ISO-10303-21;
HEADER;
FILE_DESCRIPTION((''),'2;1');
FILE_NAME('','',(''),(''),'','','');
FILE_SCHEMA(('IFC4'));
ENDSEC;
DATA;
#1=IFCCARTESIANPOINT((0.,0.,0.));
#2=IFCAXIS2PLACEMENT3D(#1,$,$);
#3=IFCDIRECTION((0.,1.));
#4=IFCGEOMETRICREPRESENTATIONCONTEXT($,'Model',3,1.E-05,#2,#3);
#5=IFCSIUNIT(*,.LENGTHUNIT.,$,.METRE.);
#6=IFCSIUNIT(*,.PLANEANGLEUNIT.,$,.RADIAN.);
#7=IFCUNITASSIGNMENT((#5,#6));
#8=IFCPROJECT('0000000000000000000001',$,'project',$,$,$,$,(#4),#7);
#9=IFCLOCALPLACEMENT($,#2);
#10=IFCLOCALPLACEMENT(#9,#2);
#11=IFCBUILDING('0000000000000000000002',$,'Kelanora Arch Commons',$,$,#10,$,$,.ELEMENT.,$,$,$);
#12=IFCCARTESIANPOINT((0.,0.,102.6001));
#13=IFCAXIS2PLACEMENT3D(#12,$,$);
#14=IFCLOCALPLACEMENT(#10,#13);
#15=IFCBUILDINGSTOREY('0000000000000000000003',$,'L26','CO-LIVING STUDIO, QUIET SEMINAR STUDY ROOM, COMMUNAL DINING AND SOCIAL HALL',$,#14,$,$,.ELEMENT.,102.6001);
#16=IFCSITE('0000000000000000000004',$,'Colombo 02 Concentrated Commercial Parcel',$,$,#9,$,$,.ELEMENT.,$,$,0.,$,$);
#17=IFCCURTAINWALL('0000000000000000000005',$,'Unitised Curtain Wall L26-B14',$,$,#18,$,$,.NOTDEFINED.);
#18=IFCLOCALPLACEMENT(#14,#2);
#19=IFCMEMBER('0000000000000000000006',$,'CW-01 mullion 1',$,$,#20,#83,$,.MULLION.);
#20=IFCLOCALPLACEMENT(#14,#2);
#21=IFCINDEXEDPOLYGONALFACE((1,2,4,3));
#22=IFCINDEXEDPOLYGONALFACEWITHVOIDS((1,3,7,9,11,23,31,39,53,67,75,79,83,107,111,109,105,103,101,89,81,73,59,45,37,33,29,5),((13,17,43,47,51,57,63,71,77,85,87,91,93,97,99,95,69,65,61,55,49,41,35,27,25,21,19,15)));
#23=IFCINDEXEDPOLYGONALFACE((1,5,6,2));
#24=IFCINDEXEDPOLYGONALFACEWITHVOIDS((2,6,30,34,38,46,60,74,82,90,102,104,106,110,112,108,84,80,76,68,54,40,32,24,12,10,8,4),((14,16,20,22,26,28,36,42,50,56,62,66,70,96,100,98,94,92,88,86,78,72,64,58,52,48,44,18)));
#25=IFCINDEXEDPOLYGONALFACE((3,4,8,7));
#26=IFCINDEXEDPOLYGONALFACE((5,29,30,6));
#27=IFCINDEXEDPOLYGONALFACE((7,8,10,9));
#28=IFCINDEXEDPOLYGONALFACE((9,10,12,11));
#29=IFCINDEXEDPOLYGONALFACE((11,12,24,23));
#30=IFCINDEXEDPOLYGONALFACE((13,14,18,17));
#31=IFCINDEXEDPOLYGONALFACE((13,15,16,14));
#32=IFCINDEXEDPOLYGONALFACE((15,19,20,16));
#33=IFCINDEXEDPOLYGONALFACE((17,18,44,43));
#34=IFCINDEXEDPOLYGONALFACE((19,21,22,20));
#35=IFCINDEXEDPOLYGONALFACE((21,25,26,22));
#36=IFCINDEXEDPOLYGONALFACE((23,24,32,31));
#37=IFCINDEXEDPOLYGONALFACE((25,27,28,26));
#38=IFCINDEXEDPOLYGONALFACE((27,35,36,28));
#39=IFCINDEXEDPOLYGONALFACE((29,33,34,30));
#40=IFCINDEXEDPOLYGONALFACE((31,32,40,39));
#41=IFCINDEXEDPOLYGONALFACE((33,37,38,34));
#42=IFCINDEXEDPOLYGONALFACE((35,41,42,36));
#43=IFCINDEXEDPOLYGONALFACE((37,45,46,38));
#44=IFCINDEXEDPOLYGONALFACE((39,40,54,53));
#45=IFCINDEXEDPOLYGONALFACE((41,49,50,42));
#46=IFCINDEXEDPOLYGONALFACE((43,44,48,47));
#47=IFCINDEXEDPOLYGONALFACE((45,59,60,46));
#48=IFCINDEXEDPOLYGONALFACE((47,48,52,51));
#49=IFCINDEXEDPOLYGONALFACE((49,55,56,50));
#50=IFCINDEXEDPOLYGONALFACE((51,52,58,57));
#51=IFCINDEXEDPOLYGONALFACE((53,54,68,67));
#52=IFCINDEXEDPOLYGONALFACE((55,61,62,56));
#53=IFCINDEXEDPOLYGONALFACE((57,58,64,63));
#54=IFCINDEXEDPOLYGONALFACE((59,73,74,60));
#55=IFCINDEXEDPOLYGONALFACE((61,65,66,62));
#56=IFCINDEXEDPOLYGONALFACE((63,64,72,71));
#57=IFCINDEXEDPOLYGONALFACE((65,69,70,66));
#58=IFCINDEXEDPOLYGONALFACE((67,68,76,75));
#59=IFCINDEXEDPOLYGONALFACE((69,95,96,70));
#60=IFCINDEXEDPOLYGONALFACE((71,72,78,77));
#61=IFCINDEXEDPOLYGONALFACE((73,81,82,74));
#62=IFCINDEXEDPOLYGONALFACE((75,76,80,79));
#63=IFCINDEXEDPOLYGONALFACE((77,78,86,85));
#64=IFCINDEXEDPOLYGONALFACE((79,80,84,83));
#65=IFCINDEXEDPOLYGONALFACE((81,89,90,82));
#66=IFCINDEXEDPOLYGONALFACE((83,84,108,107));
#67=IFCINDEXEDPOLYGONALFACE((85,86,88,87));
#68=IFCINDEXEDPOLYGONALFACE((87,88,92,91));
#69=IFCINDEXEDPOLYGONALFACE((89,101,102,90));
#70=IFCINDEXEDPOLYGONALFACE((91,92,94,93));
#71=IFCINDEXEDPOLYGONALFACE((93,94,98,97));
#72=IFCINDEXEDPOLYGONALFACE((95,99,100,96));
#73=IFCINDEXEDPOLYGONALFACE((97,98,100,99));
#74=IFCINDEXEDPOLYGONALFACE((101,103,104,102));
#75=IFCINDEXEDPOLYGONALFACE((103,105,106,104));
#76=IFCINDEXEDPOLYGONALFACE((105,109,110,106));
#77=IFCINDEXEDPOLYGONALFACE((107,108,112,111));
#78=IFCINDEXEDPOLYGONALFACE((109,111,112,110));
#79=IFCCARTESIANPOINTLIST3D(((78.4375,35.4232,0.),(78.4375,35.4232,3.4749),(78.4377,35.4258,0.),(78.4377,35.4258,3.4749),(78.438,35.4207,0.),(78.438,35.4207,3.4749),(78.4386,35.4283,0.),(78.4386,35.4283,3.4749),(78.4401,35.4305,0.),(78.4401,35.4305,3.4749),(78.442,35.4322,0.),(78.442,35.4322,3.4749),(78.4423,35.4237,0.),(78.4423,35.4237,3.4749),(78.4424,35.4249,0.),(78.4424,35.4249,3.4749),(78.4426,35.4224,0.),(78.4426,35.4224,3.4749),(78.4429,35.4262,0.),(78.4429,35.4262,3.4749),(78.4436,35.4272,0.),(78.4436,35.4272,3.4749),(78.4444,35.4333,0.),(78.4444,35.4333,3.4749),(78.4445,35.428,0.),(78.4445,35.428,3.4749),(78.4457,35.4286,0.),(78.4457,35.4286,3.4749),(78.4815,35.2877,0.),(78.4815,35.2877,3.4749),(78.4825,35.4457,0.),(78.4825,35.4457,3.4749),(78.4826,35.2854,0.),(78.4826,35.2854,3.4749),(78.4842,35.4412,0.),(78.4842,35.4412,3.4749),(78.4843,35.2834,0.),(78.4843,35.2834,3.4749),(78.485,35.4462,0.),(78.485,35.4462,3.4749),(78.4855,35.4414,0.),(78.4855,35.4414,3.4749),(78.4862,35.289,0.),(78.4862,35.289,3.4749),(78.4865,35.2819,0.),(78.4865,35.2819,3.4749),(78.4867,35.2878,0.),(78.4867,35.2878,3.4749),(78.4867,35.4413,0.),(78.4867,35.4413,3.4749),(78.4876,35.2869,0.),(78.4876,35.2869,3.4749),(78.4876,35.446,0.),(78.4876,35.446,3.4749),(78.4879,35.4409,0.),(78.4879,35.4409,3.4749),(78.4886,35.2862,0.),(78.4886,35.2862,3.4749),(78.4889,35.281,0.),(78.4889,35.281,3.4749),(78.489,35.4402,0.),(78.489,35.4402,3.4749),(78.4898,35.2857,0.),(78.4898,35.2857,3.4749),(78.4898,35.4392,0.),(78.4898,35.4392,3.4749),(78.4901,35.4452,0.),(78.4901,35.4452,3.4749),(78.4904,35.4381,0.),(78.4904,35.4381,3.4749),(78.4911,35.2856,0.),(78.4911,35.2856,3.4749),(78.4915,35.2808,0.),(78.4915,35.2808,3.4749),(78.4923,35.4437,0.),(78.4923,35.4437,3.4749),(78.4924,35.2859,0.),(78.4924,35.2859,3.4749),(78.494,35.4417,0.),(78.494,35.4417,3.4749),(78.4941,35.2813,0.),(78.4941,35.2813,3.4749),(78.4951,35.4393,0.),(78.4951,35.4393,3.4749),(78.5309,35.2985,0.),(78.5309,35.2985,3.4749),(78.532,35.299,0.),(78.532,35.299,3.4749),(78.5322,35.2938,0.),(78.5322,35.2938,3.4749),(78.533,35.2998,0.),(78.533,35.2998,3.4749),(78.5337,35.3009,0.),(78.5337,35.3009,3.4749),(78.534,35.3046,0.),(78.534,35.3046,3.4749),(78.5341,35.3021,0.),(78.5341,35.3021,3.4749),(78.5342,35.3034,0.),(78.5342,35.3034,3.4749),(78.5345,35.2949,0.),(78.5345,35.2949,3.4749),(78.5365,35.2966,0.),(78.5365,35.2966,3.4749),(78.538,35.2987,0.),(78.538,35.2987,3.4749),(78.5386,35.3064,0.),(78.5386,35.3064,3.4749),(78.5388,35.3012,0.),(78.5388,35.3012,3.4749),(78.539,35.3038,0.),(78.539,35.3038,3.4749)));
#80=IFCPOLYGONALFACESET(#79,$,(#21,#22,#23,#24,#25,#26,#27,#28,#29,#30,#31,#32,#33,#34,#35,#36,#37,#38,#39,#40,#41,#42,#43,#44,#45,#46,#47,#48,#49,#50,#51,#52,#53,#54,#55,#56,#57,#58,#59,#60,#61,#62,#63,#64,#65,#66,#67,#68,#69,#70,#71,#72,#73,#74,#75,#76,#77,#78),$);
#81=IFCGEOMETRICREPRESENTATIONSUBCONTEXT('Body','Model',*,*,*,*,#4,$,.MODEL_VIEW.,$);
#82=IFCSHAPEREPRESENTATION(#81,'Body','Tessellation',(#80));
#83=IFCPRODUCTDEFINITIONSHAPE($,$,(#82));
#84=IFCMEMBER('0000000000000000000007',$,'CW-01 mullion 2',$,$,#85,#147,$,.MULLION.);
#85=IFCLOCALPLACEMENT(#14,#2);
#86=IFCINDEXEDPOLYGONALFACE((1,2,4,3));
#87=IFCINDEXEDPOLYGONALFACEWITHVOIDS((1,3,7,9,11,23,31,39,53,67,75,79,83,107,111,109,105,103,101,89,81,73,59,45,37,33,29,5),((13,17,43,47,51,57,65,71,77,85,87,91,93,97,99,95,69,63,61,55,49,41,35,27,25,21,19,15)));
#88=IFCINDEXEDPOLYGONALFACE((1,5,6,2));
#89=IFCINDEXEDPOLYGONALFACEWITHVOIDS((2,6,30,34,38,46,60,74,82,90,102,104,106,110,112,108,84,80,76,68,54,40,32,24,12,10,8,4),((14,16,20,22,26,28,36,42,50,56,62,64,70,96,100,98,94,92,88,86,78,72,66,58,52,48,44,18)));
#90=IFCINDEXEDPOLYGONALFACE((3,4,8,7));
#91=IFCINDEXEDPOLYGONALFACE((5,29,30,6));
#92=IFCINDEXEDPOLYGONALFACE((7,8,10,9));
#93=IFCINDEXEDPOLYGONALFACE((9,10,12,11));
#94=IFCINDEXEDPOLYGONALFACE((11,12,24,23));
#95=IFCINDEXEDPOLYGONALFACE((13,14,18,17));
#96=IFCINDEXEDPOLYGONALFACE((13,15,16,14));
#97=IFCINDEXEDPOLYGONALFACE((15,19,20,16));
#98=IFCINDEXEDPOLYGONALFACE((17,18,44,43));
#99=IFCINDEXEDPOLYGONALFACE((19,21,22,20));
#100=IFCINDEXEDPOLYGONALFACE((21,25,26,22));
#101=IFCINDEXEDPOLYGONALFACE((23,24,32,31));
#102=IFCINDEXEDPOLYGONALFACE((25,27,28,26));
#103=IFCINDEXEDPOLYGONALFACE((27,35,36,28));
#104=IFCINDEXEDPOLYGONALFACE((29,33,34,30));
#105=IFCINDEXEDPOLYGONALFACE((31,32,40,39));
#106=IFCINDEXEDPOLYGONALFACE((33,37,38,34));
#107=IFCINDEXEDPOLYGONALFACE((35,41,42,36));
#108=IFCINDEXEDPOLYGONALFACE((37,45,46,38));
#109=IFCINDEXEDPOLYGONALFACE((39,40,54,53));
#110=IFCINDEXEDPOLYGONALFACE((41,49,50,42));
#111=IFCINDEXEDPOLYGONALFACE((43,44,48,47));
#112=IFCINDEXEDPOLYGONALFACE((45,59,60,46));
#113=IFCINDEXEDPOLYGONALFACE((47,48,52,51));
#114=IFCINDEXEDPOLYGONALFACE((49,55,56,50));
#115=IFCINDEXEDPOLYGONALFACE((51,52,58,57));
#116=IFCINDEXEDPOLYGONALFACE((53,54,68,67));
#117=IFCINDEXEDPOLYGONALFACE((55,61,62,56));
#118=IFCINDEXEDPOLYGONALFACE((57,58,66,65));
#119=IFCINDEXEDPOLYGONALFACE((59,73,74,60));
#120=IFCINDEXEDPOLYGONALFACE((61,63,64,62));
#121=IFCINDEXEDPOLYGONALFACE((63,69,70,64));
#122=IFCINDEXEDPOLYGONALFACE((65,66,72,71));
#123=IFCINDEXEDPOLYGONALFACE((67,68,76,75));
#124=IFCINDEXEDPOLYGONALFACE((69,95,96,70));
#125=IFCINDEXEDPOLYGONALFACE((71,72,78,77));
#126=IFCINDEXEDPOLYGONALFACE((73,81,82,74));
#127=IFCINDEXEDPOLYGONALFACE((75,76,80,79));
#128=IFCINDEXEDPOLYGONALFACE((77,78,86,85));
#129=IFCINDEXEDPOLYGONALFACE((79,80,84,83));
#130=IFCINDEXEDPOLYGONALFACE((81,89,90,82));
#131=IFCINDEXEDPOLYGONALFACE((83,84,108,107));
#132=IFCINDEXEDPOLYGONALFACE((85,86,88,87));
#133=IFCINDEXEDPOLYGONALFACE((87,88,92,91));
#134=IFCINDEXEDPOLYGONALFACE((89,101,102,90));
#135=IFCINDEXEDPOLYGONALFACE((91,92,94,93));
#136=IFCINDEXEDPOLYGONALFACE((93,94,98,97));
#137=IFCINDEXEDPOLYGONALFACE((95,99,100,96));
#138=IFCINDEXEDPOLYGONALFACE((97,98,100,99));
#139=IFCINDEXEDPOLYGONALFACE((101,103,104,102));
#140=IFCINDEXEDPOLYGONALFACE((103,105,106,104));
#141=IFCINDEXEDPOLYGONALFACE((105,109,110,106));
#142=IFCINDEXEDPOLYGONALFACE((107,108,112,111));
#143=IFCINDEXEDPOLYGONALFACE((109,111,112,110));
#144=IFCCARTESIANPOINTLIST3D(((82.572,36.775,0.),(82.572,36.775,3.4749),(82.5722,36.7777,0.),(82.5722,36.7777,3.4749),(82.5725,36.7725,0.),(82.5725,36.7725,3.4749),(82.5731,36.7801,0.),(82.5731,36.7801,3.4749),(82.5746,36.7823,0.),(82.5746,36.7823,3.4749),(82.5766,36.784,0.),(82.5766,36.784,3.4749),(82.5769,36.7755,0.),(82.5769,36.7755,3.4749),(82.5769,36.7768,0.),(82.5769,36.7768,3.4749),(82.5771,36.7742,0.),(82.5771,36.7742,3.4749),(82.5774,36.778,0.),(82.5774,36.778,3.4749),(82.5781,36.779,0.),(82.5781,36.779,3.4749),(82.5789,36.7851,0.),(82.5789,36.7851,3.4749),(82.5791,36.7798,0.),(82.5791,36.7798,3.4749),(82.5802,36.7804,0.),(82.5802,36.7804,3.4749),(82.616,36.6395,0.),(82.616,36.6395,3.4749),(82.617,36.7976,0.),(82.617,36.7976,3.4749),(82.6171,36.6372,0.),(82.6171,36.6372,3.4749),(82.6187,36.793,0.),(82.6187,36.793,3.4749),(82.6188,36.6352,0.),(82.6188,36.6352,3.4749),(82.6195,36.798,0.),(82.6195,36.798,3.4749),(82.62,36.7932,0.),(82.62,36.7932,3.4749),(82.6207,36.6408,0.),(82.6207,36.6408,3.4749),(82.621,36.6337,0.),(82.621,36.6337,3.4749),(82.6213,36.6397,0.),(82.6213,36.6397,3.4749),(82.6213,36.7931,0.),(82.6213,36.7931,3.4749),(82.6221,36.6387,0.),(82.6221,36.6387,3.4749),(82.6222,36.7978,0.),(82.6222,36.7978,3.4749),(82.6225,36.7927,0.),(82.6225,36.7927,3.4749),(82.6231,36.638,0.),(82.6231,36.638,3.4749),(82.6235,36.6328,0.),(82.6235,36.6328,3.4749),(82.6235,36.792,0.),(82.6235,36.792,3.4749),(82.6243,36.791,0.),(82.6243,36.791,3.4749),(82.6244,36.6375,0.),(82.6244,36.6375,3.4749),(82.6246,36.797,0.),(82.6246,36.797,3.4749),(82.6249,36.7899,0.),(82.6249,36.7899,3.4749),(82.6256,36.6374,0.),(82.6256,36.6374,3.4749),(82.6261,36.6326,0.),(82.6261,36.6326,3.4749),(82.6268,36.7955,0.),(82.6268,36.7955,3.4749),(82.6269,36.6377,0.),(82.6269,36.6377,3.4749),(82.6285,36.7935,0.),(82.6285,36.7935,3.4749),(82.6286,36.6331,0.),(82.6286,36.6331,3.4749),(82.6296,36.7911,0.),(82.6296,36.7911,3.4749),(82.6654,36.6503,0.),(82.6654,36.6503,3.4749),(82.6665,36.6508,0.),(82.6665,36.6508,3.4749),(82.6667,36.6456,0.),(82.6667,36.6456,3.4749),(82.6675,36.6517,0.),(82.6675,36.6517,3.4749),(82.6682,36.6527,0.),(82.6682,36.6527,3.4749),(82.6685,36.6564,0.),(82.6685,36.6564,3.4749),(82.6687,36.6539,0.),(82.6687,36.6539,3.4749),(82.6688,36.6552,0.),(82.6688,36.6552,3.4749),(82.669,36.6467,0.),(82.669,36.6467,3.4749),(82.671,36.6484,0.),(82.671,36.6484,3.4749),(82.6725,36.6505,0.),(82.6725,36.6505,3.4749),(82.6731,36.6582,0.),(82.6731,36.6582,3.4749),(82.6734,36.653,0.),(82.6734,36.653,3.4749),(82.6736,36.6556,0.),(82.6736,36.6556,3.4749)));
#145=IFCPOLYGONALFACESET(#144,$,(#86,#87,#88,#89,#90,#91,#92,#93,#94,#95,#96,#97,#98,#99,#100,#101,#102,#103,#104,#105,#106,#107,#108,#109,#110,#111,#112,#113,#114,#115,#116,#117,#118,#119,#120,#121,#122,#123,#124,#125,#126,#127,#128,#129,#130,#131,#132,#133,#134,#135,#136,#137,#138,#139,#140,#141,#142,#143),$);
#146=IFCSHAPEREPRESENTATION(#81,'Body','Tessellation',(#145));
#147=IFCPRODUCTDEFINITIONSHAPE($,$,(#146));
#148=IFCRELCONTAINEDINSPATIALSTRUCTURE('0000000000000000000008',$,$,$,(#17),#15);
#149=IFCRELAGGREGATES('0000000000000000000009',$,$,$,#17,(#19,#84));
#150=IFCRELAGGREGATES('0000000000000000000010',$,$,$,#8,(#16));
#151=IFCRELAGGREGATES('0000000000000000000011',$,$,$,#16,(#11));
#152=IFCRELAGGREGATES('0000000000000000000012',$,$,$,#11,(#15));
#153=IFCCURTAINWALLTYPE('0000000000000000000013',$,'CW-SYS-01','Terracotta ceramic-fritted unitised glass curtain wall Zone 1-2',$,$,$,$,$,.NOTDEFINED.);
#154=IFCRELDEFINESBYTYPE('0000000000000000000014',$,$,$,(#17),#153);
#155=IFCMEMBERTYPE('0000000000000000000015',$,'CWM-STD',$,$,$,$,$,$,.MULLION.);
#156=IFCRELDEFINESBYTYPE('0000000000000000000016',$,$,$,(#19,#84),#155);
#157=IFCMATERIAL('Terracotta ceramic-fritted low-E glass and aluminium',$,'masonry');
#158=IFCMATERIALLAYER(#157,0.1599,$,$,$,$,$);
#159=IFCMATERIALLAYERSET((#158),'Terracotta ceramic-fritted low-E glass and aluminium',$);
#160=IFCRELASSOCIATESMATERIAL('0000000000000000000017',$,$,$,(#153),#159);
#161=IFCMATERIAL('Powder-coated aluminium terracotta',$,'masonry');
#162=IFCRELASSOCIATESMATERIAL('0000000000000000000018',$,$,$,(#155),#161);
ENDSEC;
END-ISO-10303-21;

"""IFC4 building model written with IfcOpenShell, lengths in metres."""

from ifc_helpers import new_model, si_unit, direction, frame, origin, origin_2d, place, context, subcontext, project, spatial, hollow_rectangle, extrude, material, layer, layer_set, material_profile, profile_set, type_object, element, aggregate, save


model = new_model("IFC4")

# Units and contexts
model_context = context("Model", 3, precision=1e-05, world=origin(), true_north=direction((0.0, 1.0)))
body_context = subcontext(model_context, "Body", "Model", "MODEL_VIEW")
ifc_project = project(units=[si_unit("LENGTHUNIT", "METRE"), si_unit("PLANEANGLEUNIT", "RADIAN")], contexts=[model_context])

# Site, building, storey
site_placement = place(None, origin())
site = spatial("IfcSite", under=ifc_project, at=site_placement, Name="Colombo 02 Concentrated Commercial Parcel", CompositionType="ELEMENT", RefElevation=0.0)
building_placement = place(site_placement, origin())
building = spatial("IfcBuilding", under=site, at=building_placement, Name="Kelanora Arch Commons", CompositionType="ELEMENT")
storey_placement = place(building_placement, frame((0.0, 0.0, 102.6001)))
storey = spatial("IfcBuildingStorey", under=building, at=storey_placement, Name="L26", Description="CO-LIVING STUDIO, QUIET SEMINAR STUDY ROOM, COMMUNAL DINING AND SOCIAL HALL", CompositionType="ELEMENT", Elevation=102.6001)

# Curtain wall, members
ifc_material_1 = material(Name="Terracotta ceramic-fritted low-E glass and aluminium", Category="masonry")
ifc_layer_1 = layer(ifc_material_1, 0.1599)
ifc_layer_set_1 = layer_set([ifc_layer_1], Name="Terracotta ceramic-fritted low-E glass and aluminium")
curtain_wall_type = type_object("IfcCurtainWallType", Name="CW-SYS-01", Description="Terracotta ceramic-fritted unitised glass curtain wall Zone 1-2", PredefinedType="NOTDEFINED", material=ifc_layer_set_1)
curtain_wall_placement = place(storey_placement, origin())
curtain_wall = element("IfcCurtainWall", 1, at=curtain_wall_placement, inside=storey, type_object=curtain_wall_type, Name="Unitised Curtain Wall L26-B14", PredefinedType="NOTDEFINED")
ifc_material_2 = material(Name="Powder-coated aluminium terracotta", Category="masonry")
ifc_material_profile_1 = material_profile(ifc_material_2, hollow_rectangle(XDim=0.1599, YDim=0.0601, WallThickness=0.0049, InnerFilletRadius=0.0049, OuterFilletRadius=0.01, at=origin_2d()), Name="CWM160x60")
ifc_profile_set_1 = profile_set([ifc_material_profile_1], Name="Powder-coated aluminium terracotta")
member_type_1 = type_object("IfcMemberType", Name="CWM-STD", PredefinedType="MULLION", material=ifc_profile_set_1)
member_1_placement = place(storey_placement, frame((78.4883, 35.3635, 0.0), z_axis=(0.0, 0.0, 1.0), x_axis=(-0.310805, 0.950474, 0.0)))
member_1 = element("IfcMember", 2, at=member_1_placement, type_object=member_type_1, Name="CW-01 mullion 1", PredefinedType="MULLION", context=body_context, shape_type="SweptSolid", body=[
    extrude(hollow_rectangle(XDim=0.1599, YDim=0.0601, WallThickness=0.0049, InnerFilletRadius=0.0049, OuterFilletRadius=0.01, at=origin_2d()), origin(), (0.0, 0.0, 1.0), 3.4749),
])
member_2_placement = place(storey_placement, frame((82.6228, 36.7153, 0.0), z_axis=(0.0, 0.0, 1.0), x_axis=(-0.310805, 0.950474, 0.0)))
member_2 = element("IfcMember", 3, at=member_2_placement, type_object=member_type_1, Name="CW-01 mullion 2", PredefinedType="MULLION", context=body_context, shape_type="SweptSolid", body=[
    extrude(hollow_rectangle(XDim=0.1599, YDim=0.0601, WallThickness=0.0049, InnerFilletRadius=0.0049, OuterFilletRadius=0.01, at=origin_2d()), origin(), (0.0, 0.0, 1.0), 3.4749),
])
aggregate(curtain_wall, [member_1, member_2])

save(model, "model.ifc")
